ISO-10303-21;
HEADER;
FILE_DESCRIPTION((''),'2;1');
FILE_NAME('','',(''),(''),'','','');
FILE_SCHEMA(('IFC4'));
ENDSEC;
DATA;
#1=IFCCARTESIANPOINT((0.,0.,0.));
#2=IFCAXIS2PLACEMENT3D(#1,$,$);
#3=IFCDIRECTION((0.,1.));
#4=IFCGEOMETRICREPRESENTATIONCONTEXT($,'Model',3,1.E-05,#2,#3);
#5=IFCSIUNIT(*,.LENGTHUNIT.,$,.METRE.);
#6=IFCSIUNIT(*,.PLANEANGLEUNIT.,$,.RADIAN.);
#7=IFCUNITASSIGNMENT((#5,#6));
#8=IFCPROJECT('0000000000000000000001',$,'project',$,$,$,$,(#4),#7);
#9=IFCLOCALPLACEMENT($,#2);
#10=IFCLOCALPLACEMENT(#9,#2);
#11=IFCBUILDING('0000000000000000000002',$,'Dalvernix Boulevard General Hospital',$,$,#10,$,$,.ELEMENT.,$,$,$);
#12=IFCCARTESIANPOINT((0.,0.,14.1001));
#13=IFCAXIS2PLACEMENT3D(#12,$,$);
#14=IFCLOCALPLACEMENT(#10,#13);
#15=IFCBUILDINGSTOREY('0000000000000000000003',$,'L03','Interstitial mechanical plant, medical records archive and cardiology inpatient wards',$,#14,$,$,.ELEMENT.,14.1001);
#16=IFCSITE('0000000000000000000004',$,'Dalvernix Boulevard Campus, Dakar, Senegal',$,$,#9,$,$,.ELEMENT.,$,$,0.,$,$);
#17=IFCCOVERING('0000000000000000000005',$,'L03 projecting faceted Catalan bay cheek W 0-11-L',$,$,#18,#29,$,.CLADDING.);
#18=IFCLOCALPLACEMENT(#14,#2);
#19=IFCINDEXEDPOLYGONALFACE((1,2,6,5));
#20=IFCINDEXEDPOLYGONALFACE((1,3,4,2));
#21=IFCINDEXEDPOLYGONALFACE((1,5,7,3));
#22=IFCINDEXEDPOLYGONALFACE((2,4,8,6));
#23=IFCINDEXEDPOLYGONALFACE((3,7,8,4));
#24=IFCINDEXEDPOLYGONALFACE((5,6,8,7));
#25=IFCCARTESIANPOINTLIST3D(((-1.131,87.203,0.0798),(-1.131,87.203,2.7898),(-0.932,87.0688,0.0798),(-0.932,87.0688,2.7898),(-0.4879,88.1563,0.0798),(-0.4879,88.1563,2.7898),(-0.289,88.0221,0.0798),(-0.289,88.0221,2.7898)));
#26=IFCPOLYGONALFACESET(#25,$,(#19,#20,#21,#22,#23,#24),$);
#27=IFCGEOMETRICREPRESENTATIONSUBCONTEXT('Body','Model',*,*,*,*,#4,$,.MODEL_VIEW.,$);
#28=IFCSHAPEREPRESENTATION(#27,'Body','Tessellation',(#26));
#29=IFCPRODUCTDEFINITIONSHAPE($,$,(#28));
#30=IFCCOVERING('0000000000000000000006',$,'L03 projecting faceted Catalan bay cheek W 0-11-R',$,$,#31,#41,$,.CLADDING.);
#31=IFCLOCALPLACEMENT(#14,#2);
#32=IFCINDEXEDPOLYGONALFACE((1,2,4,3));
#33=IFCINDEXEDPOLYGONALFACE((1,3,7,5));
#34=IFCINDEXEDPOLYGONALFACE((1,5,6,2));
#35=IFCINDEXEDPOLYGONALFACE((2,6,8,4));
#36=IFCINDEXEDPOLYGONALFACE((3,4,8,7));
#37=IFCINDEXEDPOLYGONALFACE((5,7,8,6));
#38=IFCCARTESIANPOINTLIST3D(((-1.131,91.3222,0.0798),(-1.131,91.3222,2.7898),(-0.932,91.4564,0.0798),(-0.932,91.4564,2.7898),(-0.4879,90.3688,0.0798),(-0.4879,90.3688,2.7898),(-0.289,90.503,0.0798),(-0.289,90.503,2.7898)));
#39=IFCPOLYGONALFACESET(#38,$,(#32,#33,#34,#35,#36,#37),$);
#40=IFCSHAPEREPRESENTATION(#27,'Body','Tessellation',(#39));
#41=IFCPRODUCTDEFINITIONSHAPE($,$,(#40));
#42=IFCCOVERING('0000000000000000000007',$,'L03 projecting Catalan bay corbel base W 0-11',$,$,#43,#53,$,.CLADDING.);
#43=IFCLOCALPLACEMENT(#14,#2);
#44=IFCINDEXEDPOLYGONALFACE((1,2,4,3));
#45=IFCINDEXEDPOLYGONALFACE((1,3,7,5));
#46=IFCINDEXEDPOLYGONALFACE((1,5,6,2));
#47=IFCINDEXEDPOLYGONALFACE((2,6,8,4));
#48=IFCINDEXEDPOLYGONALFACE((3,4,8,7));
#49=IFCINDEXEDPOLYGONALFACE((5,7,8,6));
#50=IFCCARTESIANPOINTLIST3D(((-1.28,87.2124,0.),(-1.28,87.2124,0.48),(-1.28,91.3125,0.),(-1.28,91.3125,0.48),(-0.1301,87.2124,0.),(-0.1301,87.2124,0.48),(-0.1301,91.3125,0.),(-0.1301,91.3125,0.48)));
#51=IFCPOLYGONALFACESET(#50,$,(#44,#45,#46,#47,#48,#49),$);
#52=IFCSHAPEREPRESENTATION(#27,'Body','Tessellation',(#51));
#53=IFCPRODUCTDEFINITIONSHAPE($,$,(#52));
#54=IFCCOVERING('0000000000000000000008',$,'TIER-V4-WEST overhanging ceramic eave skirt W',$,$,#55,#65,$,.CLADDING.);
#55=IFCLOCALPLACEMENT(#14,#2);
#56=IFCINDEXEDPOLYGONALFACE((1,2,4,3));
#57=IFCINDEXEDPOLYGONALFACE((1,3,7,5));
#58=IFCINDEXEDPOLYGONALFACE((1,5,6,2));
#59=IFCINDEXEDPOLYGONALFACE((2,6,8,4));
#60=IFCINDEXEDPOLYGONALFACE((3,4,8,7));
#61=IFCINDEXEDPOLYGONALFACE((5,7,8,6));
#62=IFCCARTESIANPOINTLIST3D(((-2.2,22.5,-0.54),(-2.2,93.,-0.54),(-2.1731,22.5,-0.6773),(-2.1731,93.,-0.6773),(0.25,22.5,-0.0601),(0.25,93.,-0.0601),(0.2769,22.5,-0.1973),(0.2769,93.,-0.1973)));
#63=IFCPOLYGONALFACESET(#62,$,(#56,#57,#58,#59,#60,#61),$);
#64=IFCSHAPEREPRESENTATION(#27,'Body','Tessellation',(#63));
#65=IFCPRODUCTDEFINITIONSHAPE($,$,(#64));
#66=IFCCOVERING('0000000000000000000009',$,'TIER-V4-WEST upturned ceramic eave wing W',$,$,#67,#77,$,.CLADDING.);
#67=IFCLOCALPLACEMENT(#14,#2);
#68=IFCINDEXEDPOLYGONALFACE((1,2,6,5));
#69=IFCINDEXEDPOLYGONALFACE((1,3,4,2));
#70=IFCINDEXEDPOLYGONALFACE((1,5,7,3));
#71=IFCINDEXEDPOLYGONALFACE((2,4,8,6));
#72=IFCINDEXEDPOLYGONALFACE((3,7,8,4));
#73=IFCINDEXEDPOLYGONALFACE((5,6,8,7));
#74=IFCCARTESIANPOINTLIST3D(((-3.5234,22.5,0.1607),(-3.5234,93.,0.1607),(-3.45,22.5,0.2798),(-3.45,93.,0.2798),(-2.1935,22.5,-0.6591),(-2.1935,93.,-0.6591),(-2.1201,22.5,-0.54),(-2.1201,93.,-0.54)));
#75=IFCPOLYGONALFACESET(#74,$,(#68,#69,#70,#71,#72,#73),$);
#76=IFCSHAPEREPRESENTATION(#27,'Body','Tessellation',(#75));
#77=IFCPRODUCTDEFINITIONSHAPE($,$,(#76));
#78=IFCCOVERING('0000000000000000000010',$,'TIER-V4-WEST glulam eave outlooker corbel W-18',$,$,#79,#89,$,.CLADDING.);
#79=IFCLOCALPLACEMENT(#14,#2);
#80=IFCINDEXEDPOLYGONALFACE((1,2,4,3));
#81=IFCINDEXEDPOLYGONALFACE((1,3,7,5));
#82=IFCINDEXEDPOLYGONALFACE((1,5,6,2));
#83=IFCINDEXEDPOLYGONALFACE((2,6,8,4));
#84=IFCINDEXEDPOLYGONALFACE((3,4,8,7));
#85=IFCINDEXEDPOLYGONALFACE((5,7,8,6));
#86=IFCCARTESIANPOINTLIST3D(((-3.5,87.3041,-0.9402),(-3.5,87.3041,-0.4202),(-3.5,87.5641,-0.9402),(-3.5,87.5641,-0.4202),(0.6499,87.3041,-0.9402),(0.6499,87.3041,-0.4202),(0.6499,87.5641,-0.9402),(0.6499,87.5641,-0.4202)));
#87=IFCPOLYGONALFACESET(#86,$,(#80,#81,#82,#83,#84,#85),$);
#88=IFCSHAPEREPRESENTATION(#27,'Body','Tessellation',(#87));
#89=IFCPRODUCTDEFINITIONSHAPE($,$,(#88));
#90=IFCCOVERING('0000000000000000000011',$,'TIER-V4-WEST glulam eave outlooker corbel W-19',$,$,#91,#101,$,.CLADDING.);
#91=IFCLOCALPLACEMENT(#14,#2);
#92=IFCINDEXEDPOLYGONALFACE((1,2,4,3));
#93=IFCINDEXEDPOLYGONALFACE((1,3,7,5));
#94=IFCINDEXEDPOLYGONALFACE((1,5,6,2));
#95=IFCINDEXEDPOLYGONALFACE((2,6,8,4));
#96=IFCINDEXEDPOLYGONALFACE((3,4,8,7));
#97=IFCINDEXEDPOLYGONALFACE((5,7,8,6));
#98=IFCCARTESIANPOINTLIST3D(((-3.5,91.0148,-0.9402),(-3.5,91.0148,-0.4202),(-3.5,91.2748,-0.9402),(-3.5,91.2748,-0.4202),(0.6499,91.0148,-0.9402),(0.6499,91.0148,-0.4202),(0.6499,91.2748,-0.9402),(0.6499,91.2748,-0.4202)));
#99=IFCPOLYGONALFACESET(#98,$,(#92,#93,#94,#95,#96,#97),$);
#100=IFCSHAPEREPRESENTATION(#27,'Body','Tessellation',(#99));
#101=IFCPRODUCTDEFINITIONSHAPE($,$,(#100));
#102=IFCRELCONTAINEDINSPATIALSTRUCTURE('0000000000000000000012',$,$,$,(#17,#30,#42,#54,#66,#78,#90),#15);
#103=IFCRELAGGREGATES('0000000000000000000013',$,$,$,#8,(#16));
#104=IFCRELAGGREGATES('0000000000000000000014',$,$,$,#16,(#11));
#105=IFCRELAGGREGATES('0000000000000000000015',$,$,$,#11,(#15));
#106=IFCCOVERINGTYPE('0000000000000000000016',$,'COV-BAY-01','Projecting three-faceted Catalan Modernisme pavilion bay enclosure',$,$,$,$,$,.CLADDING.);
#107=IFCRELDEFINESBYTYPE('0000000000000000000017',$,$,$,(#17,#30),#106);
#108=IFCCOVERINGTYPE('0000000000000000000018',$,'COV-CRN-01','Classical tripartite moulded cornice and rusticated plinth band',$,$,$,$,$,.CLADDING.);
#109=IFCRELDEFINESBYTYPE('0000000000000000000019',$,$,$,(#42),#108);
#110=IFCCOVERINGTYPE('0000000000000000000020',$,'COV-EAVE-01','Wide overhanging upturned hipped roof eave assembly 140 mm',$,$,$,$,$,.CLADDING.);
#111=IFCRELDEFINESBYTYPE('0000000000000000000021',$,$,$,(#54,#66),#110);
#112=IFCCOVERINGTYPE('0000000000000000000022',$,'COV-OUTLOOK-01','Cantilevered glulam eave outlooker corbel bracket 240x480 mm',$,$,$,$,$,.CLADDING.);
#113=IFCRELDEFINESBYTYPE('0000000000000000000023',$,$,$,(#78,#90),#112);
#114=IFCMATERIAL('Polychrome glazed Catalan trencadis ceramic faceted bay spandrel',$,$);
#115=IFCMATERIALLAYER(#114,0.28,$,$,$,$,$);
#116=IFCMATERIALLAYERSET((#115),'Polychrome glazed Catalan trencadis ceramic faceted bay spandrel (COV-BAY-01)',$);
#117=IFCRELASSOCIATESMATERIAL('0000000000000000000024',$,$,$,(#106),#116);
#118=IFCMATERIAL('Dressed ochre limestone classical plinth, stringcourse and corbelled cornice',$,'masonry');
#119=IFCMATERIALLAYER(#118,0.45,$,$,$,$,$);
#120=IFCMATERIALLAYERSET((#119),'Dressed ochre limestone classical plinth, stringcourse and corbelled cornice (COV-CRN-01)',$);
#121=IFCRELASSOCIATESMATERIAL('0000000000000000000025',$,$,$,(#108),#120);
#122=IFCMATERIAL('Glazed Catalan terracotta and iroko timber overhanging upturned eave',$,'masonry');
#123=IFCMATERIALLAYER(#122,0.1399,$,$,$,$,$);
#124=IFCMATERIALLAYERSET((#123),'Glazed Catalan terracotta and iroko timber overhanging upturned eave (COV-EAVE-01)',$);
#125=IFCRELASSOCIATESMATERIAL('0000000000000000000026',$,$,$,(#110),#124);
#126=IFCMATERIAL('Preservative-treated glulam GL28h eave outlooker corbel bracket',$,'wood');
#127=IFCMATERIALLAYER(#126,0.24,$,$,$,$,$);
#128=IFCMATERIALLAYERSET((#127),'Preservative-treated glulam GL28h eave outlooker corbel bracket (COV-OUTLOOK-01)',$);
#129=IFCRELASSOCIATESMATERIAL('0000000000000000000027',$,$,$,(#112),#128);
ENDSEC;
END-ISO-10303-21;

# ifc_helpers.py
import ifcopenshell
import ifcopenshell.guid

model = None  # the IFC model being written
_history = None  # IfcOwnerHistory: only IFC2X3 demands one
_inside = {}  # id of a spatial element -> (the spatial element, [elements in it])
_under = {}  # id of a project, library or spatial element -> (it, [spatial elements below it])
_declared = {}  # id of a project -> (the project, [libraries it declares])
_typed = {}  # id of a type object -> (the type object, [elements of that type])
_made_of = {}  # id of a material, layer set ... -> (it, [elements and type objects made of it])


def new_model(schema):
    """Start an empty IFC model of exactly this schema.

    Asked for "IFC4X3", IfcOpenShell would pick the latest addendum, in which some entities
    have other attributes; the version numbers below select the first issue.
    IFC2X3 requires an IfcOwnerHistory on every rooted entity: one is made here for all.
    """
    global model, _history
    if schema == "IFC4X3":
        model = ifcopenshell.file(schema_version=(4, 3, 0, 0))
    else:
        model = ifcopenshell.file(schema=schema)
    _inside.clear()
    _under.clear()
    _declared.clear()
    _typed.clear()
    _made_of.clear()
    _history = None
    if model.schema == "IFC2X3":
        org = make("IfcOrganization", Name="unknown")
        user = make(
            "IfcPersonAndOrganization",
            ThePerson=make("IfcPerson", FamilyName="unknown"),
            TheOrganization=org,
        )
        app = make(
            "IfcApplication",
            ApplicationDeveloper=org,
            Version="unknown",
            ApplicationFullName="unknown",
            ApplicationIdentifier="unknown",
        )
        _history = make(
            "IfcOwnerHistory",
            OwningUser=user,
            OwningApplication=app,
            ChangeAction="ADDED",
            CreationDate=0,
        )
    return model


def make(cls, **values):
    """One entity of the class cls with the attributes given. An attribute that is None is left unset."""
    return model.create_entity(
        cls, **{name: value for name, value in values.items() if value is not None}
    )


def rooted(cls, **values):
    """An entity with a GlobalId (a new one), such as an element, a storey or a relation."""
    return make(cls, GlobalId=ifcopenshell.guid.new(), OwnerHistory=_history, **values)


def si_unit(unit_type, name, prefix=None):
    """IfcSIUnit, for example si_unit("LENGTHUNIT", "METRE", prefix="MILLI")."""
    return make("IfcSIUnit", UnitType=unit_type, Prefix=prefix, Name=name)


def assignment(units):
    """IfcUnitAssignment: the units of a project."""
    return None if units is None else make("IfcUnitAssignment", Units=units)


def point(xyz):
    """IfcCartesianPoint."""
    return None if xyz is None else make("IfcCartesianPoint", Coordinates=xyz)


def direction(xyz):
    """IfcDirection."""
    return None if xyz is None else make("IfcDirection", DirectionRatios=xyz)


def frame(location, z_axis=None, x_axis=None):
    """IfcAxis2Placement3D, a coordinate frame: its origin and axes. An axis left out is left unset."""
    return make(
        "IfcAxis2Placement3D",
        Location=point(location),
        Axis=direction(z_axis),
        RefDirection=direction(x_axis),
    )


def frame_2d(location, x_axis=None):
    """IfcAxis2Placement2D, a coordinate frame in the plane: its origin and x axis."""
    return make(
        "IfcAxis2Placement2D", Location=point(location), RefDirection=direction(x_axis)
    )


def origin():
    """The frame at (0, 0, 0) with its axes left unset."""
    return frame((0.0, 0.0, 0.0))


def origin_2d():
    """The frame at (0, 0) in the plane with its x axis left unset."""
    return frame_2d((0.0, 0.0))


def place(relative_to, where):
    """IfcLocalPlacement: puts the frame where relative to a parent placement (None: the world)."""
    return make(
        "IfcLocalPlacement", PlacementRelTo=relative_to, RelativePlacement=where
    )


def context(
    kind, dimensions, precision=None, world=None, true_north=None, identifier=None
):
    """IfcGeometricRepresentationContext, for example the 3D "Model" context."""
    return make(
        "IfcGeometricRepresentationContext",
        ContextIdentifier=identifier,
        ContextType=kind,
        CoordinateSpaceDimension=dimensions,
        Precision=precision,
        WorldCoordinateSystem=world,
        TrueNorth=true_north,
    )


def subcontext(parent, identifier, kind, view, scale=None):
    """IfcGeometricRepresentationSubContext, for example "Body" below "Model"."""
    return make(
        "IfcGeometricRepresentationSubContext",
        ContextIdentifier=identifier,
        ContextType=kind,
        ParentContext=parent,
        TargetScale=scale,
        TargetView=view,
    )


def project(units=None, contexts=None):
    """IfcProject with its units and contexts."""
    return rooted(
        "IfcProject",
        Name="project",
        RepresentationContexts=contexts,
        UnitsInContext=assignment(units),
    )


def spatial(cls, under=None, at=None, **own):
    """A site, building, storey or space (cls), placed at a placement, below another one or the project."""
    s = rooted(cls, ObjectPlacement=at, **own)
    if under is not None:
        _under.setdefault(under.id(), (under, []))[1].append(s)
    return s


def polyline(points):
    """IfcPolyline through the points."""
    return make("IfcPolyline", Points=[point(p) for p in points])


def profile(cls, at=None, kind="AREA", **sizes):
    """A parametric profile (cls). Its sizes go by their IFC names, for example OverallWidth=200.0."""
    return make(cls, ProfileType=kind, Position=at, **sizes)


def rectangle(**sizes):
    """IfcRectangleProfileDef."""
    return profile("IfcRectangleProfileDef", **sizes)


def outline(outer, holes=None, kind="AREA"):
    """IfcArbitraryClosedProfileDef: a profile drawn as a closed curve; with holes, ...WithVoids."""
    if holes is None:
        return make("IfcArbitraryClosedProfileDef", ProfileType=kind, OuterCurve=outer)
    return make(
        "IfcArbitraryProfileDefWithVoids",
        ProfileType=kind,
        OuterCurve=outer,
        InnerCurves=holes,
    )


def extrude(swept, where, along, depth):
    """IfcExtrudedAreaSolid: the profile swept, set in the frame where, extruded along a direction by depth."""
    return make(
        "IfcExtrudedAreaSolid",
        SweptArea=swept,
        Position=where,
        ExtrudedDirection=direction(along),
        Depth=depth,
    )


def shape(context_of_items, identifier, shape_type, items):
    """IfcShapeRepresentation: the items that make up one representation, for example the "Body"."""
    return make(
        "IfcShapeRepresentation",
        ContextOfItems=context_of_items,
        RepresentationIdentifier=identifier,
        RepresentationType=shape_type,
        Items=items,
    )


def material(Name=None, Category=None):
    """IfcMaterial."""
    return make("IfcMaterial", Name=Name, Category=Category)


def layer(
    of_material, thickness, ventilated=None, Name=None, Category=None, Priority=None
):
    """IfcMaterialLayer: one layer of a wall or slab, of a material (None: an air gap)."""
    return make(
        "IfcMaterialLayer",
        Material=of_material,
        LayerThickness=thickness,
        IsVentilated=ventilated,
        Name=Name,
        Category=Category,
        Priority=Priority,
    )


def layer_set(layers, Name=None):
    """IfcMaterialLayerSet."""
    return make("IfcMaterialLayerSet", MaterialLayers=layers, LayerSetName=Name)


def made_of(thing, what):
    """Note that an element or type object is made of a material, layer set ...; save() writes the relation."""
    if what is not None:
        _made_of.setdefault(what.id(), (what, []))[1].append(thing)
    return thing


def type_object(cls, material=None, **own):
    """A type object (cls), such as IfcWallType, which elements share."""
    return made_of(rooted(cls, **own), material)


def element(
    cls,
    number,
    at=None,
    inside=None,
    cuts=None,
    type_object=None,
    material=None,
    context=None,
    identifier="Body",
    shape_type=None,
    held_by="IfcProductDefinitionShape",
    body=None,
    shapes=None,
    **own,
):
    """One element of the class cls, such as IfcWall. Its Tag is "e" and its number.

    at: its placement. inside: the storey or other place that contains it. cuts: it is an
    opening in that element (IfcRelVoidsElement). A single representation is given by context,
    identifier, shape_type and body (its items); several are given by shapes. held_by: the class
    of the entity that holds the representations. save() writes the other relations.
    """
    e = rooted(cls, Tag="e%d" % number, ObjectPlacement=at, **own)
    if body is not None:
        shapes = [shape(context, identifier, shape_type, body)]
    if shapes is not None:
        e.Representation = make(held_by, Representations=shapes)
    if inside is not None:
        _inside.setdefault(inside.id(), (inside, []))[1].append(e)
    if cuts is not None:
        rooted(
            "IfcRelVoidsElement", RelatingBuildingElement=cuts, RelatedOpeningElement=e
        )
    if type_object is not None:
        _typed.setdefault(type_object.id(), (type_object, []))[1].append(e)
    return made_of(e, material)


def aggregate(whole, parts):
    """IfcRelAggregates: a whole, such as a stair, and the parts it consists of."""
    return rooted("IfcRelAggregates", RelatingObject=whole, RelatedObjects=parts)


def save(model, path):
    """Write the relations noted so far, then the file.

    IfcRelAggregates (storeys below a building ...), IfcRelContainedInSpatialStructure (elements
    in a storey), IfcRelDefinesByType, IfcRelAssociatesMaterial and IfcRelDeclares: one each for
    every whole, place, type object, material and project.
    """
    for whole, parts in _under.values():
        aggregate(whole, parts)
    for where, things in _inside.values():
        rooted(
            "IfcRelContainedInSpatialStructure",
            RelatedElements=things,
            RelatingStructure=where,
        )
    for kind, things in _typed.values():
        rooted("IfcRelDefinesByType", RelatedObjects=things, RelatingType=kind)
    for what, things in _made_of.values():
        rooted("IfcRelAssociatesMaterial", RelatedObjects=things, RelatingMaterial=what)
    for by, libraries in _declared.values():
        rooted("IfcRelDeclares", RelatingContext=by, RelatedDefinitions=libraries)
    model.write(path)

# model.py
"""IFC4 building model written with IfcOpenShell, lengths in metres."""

from ifc_helpers import new_model, si_unit, direction, frame, origin, origin_2d, place, context, subcontext, project, spatial, polyline, rectangle, outline, extrude, material, layer, layer_set, type_object, element, save


model = new_model("IFC4")

# Units and contexts
model_context = context("Model", 3, precision=1e-05, world=origin(), true_north=direction((0.0, 1.0)))
body_context = subcontext(model_context, "Body", "Model", "MODEL_VIEW")
ifc_project = project(units=[si_unit("LENGTHUNIT", "METRE"), si_unit("PLANEANGLEUNIT", "RADIAN")], contexts=[model_context])

# Site, building, storey
site_placement = place(None, origin())
site = spatial("IfcSite", under=ifc_project, at=site_placement, Name="Dalvernix Boulevard Campus, Dakar, Senegal", CompositionType="ELEMENT", RefElevation=0.0)
building_placement = place(site_placement, origin())
building = spatial("IfcBuilding", under=site, at=building_placement, Name="Dalvernix Boulevard General Hospital", CompositionType="ELEMENT")
storey_placement = place(building_placement, frame((0.0, 0.0, 14.1001)))
storey = spatial("IfcBuildingStorey", under=building, at=storey_placement, Name="L03", Description="Interstitial mechanical plant, medical records archive and cardiology inpatient wards", CompositionType="ELEMENT", Elevation=14.1001)

# Coverings
ifc_material_1 = material(Name="Polychrome glazed Catalan trencadis ceramic faceted bay spandrel")
ifc_layer_1 = layer(ifc_material_1, 0.28)
ifc_layer_set_1 = layer_set([ifc_layer_1], Name="Polychrome glazed Catalan trencadis ceramic faceted bay spandrel (COV-BAY-01)")
covering_type_1 = type_object("IfcCoveringType", Name="COV-BAY-01", Description="Projecting three-faceted Catalan Modernisme pavilion bay enclosure", PredefinedType="CLADDING", material=ifc_layer_set_1)
for number, where, z_axis, x_axis, name in (
    (1, (-0.71, 87.6125, 0.0798), (0.0, 0.0, 1.0), (0.559193, 0.829038, 0.0), "L03 projecting faceted Catalan bay cheek W 0-11-L"),
    (2, (-0.71, 90.9126, 0.0798), (0.0, 0.0, 1.0), (-0.559193, 0.829038, 0.0), "L03 projecting faceted Catalan bay cheek W 0-11-R"),
):
    element("IfcCovering", number, at=place(storey_placement, frame(where, z_axis=z_axis, x_axis=x_axis)), inside=storey, type_object=covering_type_1, Name=name, PredefinedType="CLADDING", context=body_context, shape_type="SweptSolid", body=[
        extrude(rectangle(XDim=1.1499, YDim=0.24, at=origin_2d()), origin(), (0.0, 0.0, 1.0), 2.71),
    ])
ifc_material_2 = material(Name="Dressed ochre limestone classical plinth, stringcourse and corbelled cornice", Category="masonry")
ifc_layer_2 = layer(ifc_material_2, 0.45)
ifc_layer_set_2 = layer_set([ifc_layer_2], Name="Dressed ochre limestone classical plinth, stringcourse and corbelled cornice (COV-CRN-01)")
covering_type_2 = type_object("IfcCoveringType", Name="COV-CRN-01", Description="Classical tripartite moulded cornice and rusticated plinth band", PredefinedType="CLADDING", material=ifc_layer_set_2)
covering_1_placement = place(storey_placement, frame((-0.7051, 89.2625, 0.0), z_axis=(0.0, 0.0, 1.0), x_axis=(0.0, 1.0, 0.0)))
element("IfcCovering", 3, at=covering_1_placement, inside=storey, type_object=covering_type_2, Name="L03 projecting Catalan bay corbel base W 0-11", PredefinedType="CLADDING", context=body_context, shape_type="SweptSolid", body=[
    extrude(rectangle(XDim=4.1001, YDim=1.1499, at=origin_2d()), origin(), (0.0, 0.0, 1.0), 0.48),
])
ifc_material_3 = material(Name="Glazed Catalan terracotta and iroko timber overhanging upturned eave", Category="masonry")
ifc_layer_3 = layer(ifc_material_3, 0.1399)
ifc_layer_set_3 = layer_set([ifc_layer_3], Name="Glazed Catalan terracotta and iroko timber overhanging upturned eave (COV-EAVE-01)")
covering_type_3 = type_object("IfcCoveringType", Name="COV-EAVE-01", Description="Wide overhanging upturned hipped roof eave assembly 140 mm", PredefinedType="CLADDING", material=ifc_layer_set_3)
covering_2_placement = place(storey_placement, frame((0.25, 93.0, -0.0601), z_axis=(-0.192259, 0.0, 0.981344), x_axis=(0.0, -1.0, 0.0)))
element("IfcCovering", 4, at=covering_2_placement, inside=storey, type_object=covering_type_3, Name="TIER-V4-WEST overhanging ceramic eave skirt W", PredefinedType="CLADDING", context=body_context, shape_type="SweptSolid", body=[
    extrude(outline(polyline([(0.0, 0.0), (70.5, 0.0), (70.5, -2.4965), (0.0, -2.4965), (0.0, 0.0)])), origin(), (0.0, 0.0, -1.0), 0.1399),
])
covering_3_placement = place(storey_placement, frame((-2.1201, 93.0, -0.54), z_axis=(0.524777, 0.0, 0.85124), x_axis=(0.0, -1.0, 0.0)))
element("IfcCovering", 5, at=covering_3_placement, inside=storey, type_object=covering_type_3, Name="TIER-V4-WEST upturned ceramic eave wing W", PredefinedType="CLADDING", context=body_context, shape_type="SweptSolid", body=[
    extrude(outline(polyline([(0.0, 0.0), (70.5, 0.0), (70.5, -1.5622), (0.0, -1.5622), (0.0, 0.0)])), origin(), (0.0, 0.0, -1.0), 0.1399),
])
ifc_material_4 = material(Name="Preservative-treated glulam GL28h eave outlooker corbel bracket", Category="wood")
ifc_layer_4 = layer(ifc_material_4, 0.24)
ifc_layer_set_4 = layer_set([ifc_layer_4], Name="Preservative-treated glulam GL28h eave outlooker corbel bracket (COV-OUTLOOK-01)")
covering_type_4 = type_object("IfcCoveringType", Name="COV-OUTLOOK-01", Description="Cantilevered glulam eave outlooker corbel bracket 240x480 mm", PredefinedType="CLADDING", material=ifc_layer_set_4)
for number, where, z_axis, x_axis, name in (
    (6, (-1.425, 87.4341, -0.9402), (0.0, 0.0, 1.0), (1.0, 0.0, 0.0), "TIER-V4-WEST glulam eave outlooker corbel W-18"),
    (7, (-1.425, 91.1448, -0.9402), (0.0, 0.0, 1.0), (1.0, 0.0, 0.0), "TIER-V4-WEST glulam eave outlooker corbel W-19"),
):
    element("IfcCovering", number, at=place(storey_placement, frame(where, z_axis=z_axis, x_axis=x_axis)), inside=storey, type_object=covering_type_4, Name=name, PredefinedType="CLADDING", context=body_context, shape_type="SweptSolid", body=[
        extrude(rectangle(XDim=4.1499, YDim=0.26, at=origin_2d()), origin(), (0.0, 0.0, 1.0), 0.52),
    ])

save(model, "model.ifc")
